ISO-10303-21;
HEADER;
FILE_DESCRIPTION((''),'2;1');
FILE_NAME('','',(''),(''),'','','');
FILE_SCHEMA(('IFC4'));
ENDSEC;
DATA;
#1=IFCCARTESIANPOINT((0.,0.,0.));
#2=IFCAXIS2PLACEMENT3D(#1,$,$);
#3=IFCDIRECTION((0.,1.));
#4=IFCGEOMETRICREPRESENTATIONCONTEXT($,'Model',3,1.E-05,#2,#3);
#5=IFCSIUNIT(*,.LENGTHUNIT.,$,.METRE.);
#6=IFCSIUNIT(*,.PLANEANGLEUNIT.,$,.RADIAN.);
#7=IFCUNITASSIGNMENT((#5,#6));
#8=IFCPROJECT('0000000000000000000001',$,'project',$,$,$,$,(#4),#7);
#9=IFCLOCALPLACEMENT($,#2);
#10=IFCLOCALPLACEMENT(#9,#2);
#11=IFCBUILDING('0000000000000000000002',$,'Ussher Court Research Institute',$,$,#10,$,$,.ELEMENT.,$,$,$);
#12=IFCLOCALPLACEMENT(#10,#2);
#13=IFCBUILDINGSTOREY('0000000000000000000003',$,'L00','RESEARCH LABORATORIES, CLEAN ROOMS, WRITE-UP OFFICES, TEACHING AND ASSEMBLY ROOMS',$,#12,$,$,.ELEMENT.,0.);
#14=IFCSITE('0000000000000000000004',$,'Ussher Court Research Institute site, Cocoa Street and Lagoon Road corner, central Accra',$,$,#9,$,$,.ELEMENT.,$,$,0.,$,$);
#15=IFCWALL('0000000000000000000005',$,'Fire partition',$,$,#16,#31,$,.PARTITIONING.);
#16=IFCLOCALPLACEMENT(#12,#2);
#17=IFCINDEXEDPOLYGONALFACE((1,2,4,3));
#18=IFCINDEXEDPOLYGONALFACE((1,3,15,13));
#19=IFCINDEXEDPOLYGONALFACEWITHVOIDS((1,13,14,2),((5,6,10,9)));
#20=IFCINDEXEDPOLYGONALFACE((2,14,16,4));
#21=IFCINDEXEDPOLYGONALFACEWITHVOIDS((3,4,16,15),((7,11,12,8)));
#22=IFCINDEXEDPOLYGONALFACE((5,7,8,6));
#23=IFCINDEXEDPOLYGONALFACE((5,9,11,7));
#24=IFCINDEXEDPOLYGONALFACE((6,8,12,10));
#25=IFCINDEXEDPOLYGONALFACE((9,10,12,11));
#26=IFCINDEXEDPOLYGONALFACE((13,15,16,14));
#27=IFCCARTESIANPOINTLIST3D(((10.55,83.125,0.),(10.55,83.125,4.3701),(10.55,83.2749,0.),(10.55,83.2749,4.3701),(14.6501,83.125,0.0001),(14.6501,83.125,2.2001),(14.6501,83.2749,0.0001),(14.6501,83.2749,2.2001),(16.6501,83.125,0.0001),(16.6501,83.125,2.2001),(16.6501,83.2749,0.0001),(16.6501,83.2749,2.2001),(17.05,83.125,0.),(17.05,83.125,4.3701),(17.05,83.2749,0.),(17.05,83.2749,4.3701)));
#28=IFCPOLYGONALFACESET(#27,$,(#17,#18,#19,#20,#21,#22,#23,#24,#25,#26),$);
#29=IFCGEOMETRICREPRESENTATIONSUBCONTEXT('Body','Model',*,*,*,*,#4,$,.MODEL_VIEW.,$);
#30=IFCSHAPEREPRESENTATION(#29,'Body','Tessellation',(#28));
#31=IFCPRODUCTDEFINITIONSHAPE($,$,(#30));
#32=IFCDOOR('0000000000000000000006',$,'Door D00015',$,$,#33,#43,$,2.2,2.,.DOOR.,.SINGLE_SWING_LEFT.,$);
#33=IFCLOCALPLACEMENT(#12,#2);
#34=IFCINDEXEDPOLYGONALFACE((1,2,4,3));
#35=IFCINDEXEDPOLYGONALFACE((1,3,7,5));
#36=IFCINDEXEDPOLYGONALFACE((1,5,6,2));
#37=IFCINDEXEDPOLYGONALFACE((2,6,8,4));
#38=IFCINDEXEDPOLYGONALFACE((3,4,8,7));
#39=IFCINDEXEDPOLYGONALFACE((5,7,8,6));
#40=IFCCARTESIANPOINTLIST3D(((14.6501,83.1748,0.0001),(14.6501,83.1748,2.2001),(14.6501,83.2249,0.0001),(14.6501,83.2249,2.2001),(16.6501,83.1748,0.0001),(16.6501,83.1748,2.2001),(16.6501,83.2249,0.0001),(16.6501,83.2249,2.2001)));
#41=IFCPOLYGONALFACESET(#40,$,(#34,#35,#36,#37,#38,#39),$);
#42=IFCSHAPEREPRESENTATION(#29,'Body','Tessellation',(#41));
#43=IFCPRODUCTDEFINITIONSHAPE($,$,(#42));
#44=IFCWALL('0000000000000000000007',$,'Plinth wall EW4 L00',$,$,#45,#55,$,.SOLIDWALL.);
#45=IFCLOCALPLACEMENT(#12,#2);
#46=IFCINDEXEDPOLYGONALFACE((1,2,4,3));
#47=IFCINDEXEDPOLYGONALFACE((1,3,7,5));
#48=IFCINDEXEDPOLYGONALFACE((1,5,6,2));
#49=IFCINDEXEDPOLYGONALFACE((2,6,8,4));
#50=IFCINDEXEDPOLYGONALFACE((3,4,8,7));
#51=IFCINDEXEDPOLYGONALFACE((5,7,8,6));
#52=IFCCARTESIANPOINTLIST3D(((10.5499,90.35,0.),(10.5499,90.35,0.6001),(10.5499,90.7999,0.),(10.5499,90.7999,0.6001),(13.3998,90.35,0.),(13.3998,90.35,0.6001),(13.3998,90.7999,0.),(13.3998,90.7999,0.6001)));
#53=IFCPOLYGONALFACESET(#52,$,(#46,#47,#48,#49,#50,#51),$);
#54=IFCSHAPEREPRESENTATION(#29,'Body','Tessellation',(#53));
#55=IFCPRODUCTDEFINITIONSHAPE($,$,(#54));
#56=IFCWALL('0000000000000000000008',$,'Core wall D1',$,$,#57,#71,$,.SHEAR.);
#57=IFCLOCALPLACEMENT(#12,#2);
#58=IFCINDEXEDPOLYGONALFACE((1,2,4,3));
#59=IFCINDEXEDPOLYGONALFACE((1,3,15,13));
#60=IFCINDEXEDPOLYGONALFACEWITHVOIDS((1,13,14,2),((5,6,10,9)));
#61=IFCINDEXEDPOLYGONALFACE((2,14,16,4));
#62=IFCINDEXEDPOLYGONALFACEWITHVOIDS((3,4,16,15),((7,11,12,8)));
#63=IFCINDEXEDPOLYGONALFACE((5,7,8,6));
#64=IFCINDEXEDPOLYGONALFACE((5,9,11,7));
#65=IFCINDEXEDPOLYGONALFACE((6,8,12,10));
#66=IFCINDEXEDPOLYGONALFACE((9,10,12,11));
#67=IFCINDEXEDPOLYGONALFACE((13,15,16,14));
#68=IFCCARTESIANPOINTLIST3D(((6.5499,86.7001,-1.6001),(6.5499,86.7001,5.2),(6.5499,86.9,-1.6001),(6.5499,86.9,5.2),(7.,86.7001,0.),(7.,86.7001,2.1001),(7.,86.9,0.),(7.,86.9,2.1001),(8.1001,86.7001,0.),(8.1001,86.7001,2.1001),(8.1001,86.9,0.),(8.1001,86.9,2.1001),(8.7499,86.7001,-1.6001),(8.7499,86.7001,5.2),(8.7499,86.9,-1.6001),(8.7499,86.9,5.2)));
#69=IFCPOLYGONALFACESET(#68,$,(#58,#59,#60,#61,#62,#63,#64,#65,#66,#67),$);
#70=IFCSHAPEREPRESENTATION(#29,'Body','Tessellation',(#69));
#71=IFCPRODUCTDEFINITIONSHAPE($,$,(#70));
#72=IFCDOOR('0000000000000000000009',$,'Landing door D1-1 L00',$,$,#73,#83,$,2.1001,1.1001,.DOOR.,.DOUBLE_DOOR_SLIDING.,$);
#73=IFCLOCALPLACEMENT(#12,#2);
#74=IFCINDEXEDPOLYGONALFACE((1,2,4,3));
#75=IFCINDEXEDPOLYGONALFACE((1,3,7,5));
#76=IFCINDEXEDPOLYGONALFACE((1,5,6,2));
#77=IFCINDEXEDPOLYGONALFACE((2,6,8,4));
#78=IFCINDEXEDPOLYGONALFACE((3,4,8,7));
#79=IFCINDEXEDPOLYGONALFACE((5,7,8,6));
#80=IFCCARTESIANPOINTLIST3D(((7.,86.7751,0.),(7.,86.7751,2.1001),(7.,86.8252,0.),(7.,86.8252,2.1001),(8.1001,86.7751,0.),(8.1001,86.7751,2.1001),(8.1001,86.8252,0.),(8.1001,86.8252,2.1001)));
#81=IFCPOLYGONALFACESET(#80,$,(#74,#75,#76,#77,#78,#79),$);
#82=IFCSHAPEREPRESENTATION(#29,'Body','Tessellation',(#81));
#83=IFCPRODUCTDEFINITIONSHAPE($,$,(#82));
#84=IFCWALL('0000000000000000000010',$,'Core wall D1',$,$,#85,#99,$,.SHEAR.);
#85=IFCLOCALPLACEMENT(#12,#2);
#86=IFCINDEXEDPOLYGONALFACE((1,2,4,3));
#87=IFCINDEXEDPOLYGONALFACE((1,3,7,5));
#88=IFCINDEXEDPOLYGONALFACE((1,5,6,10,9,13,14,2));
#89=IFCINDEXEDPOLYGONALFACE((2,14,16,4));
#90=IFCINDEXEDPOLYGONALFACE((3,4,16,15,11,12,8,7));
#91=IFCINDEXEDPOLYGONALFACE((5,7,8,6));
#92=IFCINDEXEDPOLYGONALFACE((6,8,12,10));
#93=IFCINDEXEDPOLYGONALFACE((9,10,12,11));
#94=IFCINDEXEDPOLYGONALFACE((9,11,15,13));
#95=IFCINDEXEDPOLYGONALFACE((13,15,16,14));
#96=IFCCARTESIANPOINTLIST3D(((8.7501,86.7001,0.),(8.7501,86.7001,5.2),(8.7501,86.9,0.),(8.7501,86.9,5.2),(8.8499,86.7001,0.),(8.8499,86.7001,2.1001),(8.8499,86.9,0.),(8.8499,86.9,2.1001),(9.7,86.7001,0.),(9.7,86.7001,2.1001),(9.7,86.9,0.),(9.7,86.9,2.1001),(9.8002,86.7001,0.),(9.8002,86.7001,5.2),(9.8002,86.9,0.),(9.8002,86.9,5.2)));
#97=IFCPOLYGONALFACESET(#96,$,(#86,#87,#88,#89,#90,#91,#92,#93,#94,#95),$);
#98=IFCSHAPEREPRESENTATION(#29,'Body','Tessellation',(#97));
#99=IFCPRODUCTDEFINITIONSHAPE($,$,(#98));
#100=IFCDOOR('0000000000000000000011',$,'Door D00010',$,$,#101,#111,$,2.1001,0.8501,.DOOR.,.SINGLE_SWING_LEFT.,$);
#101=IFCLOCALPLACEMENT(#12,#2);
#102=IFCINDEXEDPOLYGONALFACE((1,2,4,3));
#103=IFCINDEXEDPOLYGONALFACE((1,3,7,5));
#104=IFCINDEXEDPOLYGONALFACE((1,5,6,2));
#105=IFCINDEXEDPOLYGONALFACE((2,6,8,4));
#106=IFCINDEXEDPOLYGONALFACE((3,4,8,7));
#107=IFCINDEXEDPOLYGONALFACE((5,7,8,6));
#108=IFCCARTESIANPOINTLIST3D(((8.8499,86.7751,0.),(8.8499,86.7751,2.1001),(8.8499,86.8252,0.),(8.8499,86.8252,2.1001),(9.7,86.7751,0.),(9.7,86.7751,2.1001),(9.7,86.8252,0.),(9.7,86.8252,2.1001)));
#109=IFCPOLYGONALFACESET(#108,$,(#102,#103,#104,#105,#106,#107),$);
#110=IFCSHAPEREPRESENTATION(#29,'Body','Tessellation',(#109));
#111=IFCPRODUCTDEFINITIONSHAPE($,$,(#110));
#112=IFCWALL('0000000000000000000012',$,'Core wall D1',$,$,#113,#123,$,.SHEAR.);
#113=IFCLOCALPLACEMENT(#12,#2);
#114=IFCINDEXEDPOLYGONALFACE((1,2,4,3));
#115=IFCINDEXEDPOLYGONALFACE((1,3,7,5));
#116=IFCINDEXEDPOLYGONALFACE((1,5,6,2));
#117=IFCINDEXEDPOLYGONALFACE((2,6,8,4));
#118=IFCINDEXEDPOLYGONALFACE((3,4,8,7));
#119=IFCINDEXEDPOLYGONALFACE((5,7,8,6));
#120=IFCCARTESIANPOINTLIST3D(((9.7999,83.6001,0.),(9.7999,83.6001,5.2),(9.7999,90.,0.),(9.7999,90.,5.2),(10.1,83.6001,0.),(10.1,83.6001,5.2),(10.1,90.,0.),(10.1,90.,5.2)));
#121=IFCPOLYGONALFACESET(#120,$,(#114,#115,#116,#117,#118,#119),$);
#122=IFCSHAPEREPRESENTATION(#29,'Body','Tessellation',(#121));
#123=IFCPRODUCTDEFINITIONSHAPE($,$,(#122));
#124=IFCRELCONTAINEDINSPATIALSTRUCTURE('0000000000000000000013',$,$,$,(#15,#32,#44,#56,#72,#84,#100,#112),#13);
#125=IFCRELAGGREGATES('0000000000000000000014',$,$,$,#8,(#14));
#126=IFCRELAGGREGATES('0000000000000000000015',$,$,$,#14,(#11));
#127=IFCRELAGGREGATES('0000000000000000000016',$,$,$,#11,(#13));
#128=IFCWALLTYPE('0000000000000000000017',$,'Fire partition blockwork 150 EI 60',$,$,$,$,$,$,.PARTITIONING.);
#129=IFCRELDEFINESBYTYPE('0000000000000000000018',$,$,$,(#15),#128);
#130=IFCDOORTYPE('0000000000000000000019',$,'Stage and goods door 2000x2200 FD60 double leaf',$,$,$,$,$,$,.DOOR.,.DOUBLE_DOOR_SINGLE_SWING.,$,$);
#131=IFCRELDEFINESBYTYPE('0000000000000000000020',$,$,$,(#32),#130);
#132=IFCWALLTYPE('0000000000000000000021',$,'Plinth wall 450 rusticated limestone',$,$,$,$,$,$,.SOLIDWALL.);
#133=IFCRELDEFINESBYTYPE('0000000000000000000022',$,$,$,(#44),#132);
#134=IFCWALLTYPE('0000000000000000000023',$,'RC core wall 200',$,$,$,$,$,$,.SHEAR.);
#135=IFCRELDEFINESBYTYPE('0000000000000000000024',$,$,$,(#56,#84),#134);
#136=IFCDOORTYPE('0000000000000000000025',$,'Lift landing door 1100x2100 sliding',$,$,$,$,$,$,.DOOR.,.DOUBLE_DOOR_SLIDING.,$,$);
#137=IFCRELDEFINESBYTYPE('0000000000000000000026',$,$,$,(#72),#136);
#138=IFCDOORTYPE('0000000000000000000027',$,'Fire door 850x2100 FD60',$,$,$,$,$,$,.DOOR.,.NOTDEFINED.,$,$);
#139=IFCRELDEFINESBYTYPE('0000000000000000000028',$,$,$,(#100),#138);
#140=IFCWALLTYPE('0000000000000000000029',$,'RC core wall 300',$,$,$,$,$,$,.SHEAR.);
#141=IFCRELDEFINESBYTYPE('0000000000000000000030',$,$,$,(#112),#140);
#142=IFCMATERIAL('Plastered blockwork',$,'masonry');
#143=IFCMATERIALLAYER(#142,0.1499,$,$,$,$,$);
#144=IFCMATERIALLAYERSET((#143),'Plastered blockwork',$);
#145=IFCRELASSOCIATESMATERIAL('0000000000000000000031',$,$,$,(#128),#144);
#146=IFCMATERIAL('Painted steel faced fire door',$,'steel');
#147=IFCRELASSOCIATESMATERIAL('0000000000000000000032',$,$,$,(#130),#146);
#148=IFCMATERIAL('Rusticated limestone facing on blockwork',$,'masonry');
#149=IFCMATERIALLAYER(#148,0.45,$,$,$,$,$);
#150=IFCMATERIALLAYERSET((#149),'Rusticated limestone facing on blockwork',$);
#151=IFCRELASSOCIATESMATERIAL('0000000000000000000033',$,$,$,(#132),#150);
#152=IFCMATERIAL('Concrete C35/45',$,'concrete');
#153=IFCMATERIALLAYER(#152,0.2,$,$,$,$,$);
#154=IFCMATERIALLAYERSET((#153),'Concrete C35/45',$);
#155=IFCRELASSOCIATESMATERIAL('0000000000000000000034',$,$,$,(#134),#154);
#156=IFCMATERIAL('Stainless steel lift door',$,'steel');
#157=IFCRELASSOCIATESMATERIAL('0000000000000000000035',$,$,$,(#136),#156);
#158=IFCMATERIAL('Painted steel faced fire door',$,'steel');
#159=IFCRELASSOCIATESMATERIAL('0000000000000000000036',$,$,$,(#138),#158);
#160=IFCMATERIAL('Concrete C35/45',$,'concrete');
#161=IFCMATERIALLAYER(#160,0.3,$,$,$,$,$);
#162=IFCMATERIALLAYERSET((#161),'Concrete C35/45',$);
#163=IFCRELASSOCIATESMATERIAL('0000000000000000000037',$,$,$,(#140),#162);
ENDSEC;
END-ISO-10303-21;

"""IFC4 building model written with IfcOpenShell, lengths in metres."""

from ifc_helpers import new_model, si_unit, direction, frame, frame_2d, origin, place, context, subcontext, project, spatial, rectangle, extrude, material, layer, layer_set, type_object, element, fill, save


model = new_model("IFC4")

# Units and contexts
model_context = context("Model", 3, precision=1e-05, world=origin(), true_north=direction((0.0, 1.0)))
body_context = subcontext(model_context, "Body", "Model", "MODEL_VIEW")
ifc_project = project(units=[si_unit("LENGTHUNIT", "METRE"), si_unit("PLANEANGLEUNIT", "RADIAN")], contexts=[model_context])

# Site, building, storey
site_placement = place(None, origin())
site = spatial("IfcSite", under=ifc_project, at=site_placement, Name="Ussher Court Research Institute site, Cocoa Street and Lagoon Road corner, central Accra", CompositionType="ELEMENT", RefElevation=0.0)
building_placement = place(site_placement, origin())
building = spatial("IfcBuilding", under=site, at=building_placement, Name="Ussher Court Research Institute", CompositionType="ELEMENT")
storey_placement = place(building_placement, origin())
storey = spatial("IfcBuildingStorey", under=building, at=storey_placement, Name="L00", Description="RESEARCH LABORATORIES, CLEAN ROOMS, WRITE-UP OFFICES, TEACHING AND ASSEMBLY ROOMS", CompositionType="ELEMENT", Elevation=0.0)

# Wall, opening, door
ifc_material_1 = material(Name="Plastered blockwork", Category="masonry")
ifc_layer_1 = layer(ifc_material_1, 0.1499)
ifc_layer_set_1 = layer_set([ifc_layer_1], Name="Plastered blockwork")
wall_type_1 = type_object("IfcWallType", Name="Fire partition blockwork 150 EI 60", PredefinedType="PARTITIONING", material=ifc_layer_set_1)
wall_1_placement = place(storey_placement, frame((10.55, 83.2, 0.0), z_axis=(0.0, 0.0, 1.0), x_axis=(1.0, 0.0, 0.0)))
wall_1 = element("IfcWall", 1, at=wall_1_placement, inside=storey, type_object=wall_type_1, Name="Fire partition", PredefinedType="PARTITIONING", context=body_context, shape_type="SweptSolid", body=[
    extrude(rectangle(XDim=6.5, YDim=0.1499, at=frame_2d((3.25, 0.0))), origin(), (0.0, 0.0, 1.0), 4.3701),
])
opening_1_placement = place(wall_1_placement, frame((4.1001, 0.0, 0.0)))
opening_1 = element("IfcOpeningElement", 2, at=opening_1_placement, cuts=wall_1, PredefinedType="OPENING", context=body_context, shape_type="SweptSolid", body=[
    extrude(rectangle(XDim=2.0, YDim=2.2, at=frame_2d((1.0, 1.1001))), frame((0.0, 0.085, 0.0), z_axis=(0.0, -1.0, 0.0), x_axis=(1.0, 0.0, 0.0)), (0.0, 0.0, 1.0), 0.1699),
])
ifc_material_2 = material(Name="Painted steel faced fire door", Category="steel")
door_type_1 = type_object("IfcDoorType", Name="Stage and goods door 2000x2200 FD60 double leaf", OperationType="DOUBLE_DOOR_SINGLE_SWING", PredefinedType="DOOR", material=ifc_material_2)
door_1_placement = place(opening_1_placement, origin())
door_1 = element("IfcDoor", 3, at=door_1_placement, inside=storey, type_object=door_type_1, Name="Door D00015", OperationType="SINGLE_SWING_LEFT", OverallHeight=2.2, OverallWidth=2.0, PredefinedType="DOOR", context=body_context, shape_type="SweptSolid", body=[
    extrude(rectangle(XDim=2.0, YDim=2.2, at=frame_2d((1.0, 1.1001))), frame((0.0, 0.0249, 0.0), z_axis=(0.0, -1.0, 0.0), x_axis=(1.0, 0.0, 0.0)), (0.0, 0.0, 1.0), 0.05),
])
fill(opening_1, door_1)

# Wall
ifc_material_3 = material(Name="Rusticated limestone facing on blockwork", Category="masonry")
ifc_layer_2 = layer(ifc_material_3, 0.45)
ifc_layer_set_2 = layer_set([ifc_layer_2], Name="Rusticated limestone facing on blockwork")
wall_type_2 = type_object("IfcWallType", Name="Plinth wall 450 rusticated limestone", PredefinedType="SOLIDWALL", material=ifc_layer_set_2)
wall_2_placement = place(storey_placement, frame((10.55, 90.575, 0.0), z_axis=(0.0, 0.0, 1.0), x_axis=(1.0, 0.0, 0.0)))
element("IfcWall", 4, at=wall_2_placement, inside=storey, type_object=wall_type_2, Name="Plinth wall EW4 L00", PredefinedType="SOLIDWALL", context=body_context, shape_type="SweptSolid", body=[
    extrude(rectangle(XDim=2.8499, YDim=0.45, at=frame_2d((1.4248, 0.0))), origin(), (0.0, 0.0, 1.0), 0.6001),
])

# Walls, openings, doors
ifc_material_4 = material(Name="Concrete C35/45", Category="concrete")
ifc_layer_3 = layer(ifc_material_4, 0.2)
ifc_layer_set_3 = layer_set([ifc_layer_3], Name="Concrete C35/45")
wall_type_3 = type_object("IfcWallType", Name="RC core wall 200", PredefinedType="SHEAR", material=ifc_layer_set_3)
wall_3_placement = place(storey_placement, frame((8.75, 86.8, -1.6001), z_axis=(0.0, 0.0, 1.0), x_axis=(-1.0, 0.0, 0.0)))
wall_3 = element("IfcWall", 5, at=wall_3_placement, inside=storey, type_object=wall_type_3, Name="Core wall D1", PredefinedType="SHEAR", context=body_context, shape_type="SweptSolid", body=[
    extrude(rectangle(XDim=2.2, YDim=0.2, at=frame_2d((1.1001, 0.0))), origin(), (0.0, 0.0, 1.0), 6.8),
])
opening_2_placement = place(wall_3_placement, frame((0.6499, 0.0, 1.6001)))
opening_2 = element("IfcOpeningElement", 6, at=opening_2_placement, cuts=wall_3, PredefinedType="OPENING", context=body_context, shape_type="SweptSolid", body=[
    extrude(rectangle(XDim=1.1001, YDim=2.1001, at=frame_2d((0.55, 1.05))), frame((0.0, 0.1099, 0.0), z_axis=(0.0, -1.0, 0.0), x_axis=(1.0, 0.0, 0.0)), (0.0, 0.0, 1.0), 0.22),
])
ifc_material_5 = material(Name="Stainless steel lift door", Category="steel")
door_type_2 = type_object("IfcDoorType", Name="Lift landing door 1100x2100 sliding", OperationType="DOUBLE_DOOR_SLIDING", PredefinedType="DOOR", material=ifc_material_5)
door_2_placement = place(opening_2_placement, origin())
door_2 = element("IfcDoor", 7, at=door_2_placement, inside=storey, type_object=door_type_2, Name="Landing door D1-1 L00", OperationType="DOUBLE_DOOR_SLIDING", OverallHeight=2.1001, OverallWidth=1.1001, PredefinedType="DOOR", context=body_context, shape_type="SweptSolid", body=[
    extrude(rectangle(XDim=1.1001, YDim=2.1001, at=frame_2d((0.55, 1.05))), frame((0.0, 0.0249, 0.0), z_axis=(0.0, -1.0, 0.0), x_axis=(1.0, 0.0, 0.0)), (0.0, 0.0, 1.0), 0.05),
])
fill(opening_2, door_2)
wall_4_placement = place(storey_placement, frame((9.8, 86.8, 0.0), z_axis=(0.0, 0.0, 1.0), x_axis=(-1.0, 0.0, 0.0)))
wall_4 = element("IfcWall", 8, at=wall_4_placement, inside=storey, type_object=wall_type_3, Name="Core wall D1", PredefinedType="SHEAR", context=body_context, shape_type="SweptSolid", body=[
    extrude(rectangle(XDim=1.05, YDim=0.2, at=frame_2d((0.5249, 0.0))), origin(), (0.0, 0.0, 1.0), 5.2),
])
opening_3_placement = place(wall_4_placement, frame((0.1001, 0.0, 0.0)))
opening_3 = element("IfcOpeningElement", 9, at=opening_3_placement, cuts=wall_4, PredefinedType="OPENING", context=body_context, shape_type="SweptSolid", body=[
    extrude(rectangle(XDim=0.8501, YDim=2.1001, at=frame_2d((0.425, 1.05))), frame((0.0, 0.1099, 0.0), z_axis=(0.0, -1.0, 0.0), x_axis=(1.0, 0.0, 0.0)), (0.0, 0.0, 1.0), 0.22),
])
ifc_material_6 = material(Name="Painted steel faced fire door", Category="steel")
door_type_3 = type_object("IfcDoorType", Name="Fire door 850x2100 FD60", OperationType="NOTDEFINED", PredefinedType="DOOR", material=ifc_material_6)
door_3_placement = place(opening_3_placement, origin())
door_3 = element("IfcDoor", 10, at=door_3_placement, inside=storey, type_object=door_type_3, Name="Door D00010", OperationType="SINGLE_SWING_LEFT", OverallHeight=2.1001, OverallWidth=0.8501, PredefinedType="DOOR", context=body_context, shape_type="SweptSolid", body=[
    extrude(rectangle(XDim=0.8501, YDim=2.1001, at=frame_2d((0.425, 1.05))), frame((0.0, 0.0249, 0.0), z_axis=(0.0, -1.0, 0.0), x_axis=(1.0, 0.0, 0.0)), (0.0, 0.0, 1.0), 0.05),
])
fill(opening_3, door_3)

# Wall
ifc_material_7 = material(Name="Concrete C35/45", Category="concrete")
ifc_layer_4 = layer(ifc_material_7, 0.3)
ifc_layer_set_4 = layer_set([ifc_layer_4], Name="Concrete C35/45")
wall_type_4 = type_object("IfcWallType", Name="RC core wall 300", PredefinedType="SHEAR", material=ifc_layer_set_4)
wall_5_placement = place(storey_placement, frame((9.95, 83.6001, 0.0), z_axis=(0.0, 0.0, 1.0), x_axis=(0.0, 1.0, 0.0)))
element("IfcWall", 11, at=wall_5_placement, inside=storey, type_object=wall_type_4, Name="Core wall D1", PredefinedType="SHEAR", context=body_context, shape_type="SweptSolid", body=[
    extrude(rectangle(XDim=6.3999, YDim=0.3, at=frame_2d((3.2, 0.0))), origin(), (0.0, 0.0, 1.0), 5.2),
])

save(model, "model.ifc")
